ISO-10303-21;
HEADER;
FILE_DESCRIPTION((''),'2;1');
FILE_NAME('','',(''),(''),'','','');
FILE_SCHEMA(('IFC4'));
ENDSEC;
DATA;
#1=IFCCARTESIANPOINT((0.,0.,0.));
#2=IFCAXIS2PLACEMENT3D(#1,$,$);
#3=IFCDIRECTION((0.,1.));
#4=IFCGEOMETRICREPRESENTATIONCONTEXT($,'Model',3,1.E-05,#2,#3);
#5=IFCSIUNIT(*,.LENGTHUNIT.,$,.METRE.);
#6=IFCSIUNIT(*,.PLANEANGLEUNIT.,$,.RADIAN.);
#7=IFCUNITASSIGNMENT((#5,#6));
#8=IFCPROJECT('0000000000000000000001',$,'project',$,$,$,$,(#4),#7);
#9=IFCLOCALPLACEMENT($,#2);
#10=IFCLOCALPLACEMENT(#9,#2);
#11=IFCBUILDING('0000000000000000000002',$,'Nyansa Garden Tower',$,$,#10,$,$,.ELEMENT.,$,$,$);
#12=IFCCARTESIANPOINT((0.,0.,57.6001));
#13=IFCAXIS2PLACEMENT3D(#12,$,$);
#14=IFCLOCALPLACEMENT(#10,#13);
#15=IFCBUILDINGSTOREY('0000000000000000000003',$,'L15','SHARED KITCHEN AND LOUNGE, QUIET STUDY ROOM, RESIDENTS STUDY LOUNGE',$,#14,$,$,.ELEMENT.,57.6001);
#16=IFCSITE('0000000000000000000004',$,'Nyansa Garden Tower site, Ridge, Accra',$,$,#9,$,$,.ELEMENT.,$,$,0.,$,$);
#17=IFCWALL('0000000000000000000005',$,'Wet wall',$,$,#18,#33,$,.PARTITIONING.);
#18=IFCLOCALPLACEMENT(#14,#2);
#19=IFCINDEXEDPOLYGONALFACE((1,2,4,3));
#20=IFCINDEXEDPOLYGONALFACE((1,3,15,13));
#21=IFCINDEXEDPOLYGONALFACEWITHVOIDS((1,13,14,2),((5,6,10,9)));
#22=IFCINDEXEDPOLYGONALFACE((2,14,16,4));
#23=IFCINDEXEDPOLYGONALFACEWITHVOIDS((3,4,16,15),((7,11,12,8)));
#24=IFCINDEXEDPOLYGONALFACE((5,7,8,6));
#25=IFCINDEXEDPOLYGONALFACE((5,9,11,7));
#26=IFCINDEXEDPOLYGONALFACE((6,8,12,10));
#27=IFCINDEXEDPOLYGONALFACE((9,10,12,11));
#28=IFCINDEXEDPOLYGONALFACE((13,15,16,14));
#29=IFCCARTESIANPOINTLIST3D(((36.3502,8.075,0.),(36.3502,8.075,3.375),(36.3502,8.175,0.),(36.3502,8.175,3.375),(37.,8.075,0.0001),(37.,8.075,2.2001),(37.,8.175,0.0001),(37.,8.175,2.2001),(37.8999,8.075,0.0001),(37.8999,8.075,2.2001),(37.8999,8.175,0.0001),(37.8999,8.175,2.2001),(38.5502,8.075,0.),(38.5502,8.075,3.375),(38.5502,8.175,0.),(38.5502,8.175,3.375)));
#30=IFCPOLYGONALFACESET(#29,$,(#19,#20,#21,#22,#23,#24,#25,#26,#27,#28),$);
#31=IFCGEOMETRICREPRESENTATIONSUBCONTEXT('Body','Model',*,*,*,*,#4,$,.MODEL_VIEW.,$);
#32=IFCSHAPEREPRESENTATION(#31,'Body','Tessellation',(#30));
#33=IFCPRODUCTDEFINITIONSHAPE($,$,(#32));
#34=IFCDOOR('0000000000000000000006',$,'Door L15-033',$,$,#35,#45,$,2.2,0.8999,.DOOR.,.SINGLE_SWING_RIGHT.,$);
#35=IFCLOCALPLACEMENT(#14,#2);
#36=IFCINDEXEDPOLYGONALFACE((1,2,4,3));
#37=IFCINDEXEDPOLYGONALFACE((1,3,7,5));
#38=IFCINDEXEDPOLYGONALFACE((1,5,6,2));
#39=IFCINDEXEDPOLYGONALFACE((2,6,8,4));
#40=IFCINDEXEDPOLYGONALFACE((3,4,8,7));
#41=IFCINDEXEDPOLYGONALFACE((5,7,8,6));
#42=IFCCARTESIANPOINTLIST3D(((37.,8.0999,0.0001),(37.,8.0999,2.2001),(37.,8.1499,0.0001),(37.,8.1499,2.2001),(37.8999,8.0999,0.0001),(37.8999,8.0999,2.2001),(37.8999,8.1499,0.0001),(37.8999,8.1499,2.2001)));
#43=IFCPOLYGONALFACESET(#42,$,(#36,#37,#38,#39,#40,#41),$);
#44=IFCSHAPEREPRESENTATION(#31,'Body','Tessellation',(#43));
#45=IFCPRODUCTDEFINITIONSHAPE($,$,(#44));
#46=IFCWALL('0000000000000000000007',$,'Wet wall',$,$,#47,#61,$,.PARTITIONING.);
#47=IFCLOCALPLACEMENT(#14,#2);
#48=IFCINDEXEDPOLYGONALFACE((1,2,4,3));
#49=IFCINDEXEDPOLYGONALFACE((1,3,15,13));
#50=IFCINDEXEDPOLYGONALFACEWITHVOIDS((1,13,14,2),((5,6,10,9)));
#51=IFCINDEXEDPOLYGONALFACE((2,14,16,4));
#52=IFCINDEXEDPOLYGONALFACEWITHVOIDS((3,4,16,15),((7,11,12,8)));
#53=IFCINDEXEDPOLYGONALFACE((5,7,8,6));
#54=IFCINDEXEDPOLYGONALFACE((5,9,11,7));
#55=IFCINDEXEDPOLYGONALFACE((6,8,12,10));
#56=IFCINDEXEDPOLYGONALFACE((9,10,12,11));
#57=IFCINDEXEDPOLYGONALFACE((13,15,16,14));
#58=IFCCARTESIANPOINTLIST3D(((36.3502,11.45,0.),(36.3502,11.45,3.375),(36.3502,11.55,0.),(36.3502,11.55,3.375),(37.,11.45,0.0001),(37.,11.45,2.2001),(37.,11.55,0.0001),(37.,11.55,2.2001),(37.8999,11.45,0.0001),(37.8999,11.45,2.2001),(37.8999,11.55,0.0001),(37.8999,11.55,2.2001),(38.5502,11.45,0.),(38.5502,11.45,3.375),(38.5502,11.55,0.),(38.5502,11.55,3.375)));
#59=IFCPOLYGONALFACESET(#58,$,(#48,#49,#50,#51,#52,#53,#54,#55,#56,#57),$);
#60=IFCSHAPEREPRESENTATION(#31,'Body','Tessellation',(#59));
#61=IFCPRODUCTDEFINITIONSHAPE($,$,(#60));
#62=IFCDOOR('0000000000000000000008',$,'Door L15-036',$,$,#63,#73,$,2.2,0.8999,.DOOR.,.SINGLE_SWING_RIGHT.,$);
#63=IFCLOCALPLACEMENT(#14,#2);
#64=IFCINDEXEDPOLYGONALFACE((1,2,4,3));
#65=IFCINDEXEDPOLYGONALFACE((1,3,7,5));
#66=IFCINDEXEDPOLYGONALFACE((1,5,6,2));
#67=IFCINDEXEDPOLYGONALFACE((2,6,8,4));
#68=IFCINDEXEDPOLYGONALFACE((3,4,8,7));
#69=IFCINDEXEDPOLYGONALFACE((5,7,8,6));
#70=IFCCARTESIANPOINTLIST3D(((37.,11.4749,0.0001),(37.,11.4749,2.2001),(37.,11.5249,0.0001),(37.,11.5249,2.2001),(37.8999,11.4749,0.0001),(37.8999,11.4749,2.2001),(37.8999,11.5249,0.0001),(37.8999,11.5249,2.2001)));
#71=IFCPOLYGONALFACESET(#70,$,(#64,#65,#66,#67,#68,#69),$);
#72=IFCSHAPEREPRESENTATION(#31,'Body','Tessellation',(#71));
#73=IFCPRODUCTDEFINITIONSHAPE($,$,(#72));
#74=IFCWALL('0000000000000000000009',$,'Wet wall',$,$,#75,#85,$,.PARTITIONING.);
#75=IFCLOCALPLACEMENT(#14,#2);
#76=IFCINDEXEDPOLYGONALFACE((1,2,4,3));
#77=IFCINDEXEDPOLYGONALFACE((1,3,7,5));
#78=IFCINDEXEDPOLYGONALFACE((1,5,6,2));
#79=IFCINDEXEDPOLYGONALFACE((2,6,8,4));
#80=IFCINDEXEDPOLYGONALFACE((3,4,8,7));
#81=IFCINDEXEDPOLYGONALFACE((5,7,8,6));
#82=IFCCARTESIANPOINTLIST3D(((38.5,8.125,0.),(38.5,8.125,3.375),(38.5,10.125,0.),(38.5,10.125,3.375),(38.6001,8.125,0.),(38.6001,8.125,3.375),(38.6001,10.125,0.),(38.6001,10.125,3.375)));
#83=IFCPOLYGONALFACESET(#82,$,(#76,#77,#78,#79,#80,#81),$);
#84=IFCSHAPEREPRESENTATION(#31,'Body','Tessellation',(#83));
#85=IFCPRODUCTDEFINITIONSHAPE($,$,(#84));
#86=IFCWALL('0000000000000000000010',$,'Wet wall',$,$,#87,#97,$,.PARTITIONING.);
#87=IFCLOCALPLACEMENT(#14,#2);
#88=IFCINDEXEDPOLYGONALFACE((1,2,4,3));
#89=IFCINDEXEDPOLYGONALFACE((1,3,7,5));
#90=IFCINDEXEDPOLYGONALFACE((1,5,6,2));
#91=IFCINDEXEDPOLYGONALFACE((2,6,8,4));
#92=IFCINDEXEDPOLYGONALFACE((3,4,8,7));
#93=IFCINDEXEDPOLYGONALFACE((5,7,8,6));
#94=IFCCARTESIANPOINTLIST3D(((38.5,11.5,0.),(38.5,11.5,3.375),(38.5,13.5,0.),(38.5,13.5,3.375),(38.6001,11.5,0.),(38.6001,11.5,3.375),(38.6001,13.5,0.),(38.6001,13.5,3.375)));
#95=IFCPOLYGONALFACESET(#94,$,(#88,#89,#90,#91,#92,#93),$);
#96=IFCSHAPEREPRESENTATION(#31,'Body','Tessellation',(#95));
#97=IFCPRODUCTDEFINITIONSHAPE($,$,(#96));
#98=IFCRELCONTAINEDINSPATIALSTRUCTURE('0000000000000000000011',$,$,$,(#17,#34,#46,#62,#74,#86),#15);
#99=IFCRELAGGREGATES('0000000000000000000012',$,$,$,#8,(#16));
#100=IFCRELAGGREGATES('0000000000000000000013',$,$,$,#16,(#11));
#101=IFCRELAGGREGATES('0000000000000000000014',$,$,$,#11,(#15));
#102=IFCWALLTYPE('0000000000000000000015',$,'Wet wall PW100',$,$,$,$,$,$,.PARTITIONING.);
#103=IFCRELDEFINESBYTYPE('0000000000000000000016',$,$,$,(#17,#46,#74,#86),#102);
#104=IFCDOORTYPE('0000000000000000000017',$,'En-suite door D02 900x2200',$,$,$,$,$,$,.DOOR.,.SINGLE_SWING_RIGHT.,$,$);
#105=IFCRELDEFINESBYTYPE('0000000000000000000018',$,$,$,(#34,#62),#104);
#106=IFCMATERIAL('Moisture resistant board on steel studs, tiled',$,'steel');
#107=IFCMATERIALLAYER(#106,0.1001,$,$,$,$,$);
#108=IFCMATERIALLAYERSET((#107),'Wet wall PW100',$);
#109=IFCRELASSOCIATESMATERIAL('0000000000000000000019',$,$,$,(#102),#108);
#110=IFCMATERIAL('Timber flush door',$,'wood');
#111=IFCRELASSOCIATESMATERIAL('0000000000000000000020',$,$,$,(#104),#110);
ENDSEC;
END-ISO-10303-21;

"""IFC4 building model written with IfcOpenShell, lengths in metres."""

from ifc_helpers import new_model, si_unit, direction, frame, frame_2d, origin, place, context, subcontext, project, spatial, rectangle, extrude, material, layer, layer_set, type_object, element, fill, save


model = new_model("IFC4")

# Units and contexts
model_context = context("Model", 3, precision=1e-05, world=origin(), true_north=direction((0.0, 1.0)))
body_context = subcontext(model_context, "Body", "Model", "MODEL_VIEW")
ifc_project = project(units=[si_unit("LENGTHUNIT", "METRE"), si_unit("PLANEANGLEUNIT", "RADIAN")], contexts=[model_context])

# Site, building, storey
site_placement = place(None, origin())
site = spatial("IfcSite", under=ifc_project, at=site_placement, Name="Nyansa Garden Tower site, Ridge, Accra", CompositionType="ELEMENT", RefElevation=0.0)
building_placement = place(site_placement, origin())
building = spatial("IfcBuilding", under=site, at=building_placement, Name="Nyansa Garden Tower", CompositionType="ELEMENT")
storey_placement = place(building_placement, frame((0.0, 0.0, 57.6001)))
storey = spatial("IfcBuildingStorey", under=building, at=storey_placement, Name="L15", Description="SHARED KITCHEN AND LOUNGE, QUIET STUDY ROOM, RESIDENTS STUDY LOUNGE", CompositionType="ELEMENT", Elevation=57.6001)

# Shared definitions
ifc_material_1 = material(Name="Moisture resistant board on steel studs, tiled", Category="steel")
ifc_layer_1 = layer(ifc_material_1, 0.1001)
ifc_layer_set_1 = layer_set([ifc_layer_1], Name="Wet wall PW100")
wall_type = type_object("IfcWallType", Name="Wet wall PW100", PredefinedType="PARTITIONING", material=ifc_layer_set_1)

# Walls, openings, doors
wall_1_placement = place(storey_placement, frame((36.3501, 8.125, 0.0), z_axis=(0.0, 0.0, 1.0), x_axis=(1.0, 0.0, 0.0)))
wall_1 = element("IfcWall", 1, at=wall_1_placement, inside=storey, type_object=wall_type, Name="Wet wall", PredefinedType="PARTITIONING", context=body_context, shape_type="SweptSolid", body=[
    extrude(rectangle(XDim=2.2, YDim=0.1001, at=frame_2d((1.1001, 0.0))), origin(), (0.0, 0.0, 1.0), 3.375),
])
opening_1_placement = place(wall_1_placement, frame((0.6499, 0.0, 0.0)))
opening_1 = element("IfcOpeningElement", 2, at=opening_1_placement, cuts=wall_1, PredefinedType="OPENING", context=body_context, shape_type="SweptSolid", body=[
    extrude(rectangle(XDim=0.8999, YDim=2.2, at=frame_2d((0.45, 1.1001))), frame((0.0, 0.0601, 0.0), z_axis=(0.0, -1.0, 0.0), x_axis=(1.0, 0.0, 0.0)), (0.0, 0.0, 1.0), 0.1201),
])
ifc_material_2 = material(Name="Timber flush door", Category="wood")
door_type_1 = type_object("IfcDoorType", Name="En-suite door D02 900x2200", OperationType="SINGLE_SWING_RIGHT", PredefinedType="DOOR", material=ifc_material_2)
door_1_placement = place(opening_1_placement, origin())
door_1 = element("IfcDoor", 3, at=door_1_placement, inside=storey, type_object=door_type_1, Name="Door L15-033", OperationType="SINGLE_SWING_RIGHT", OverallHeight=2.2, OverallWidth=0.8999, PredefinedType="DOOR", context=body_context, shape_type="SweptSolid", body=[
    extrude(rectangle(XDim=0.8999, YDim=2.2, at=frame_2d((0.45, 1.1001))), frame((0.0, 0.0249, 0.0), z_axis=(0.0, -1.0, 0.0), x_axis=(1.0, 0.0, 0.0)), (0.0, 0.0, 1.0), 0.05),
])
fill(opening_1, door_1)
wall_2_placement = place(storey_placement, frame((36.3501, 11.5, 0.0), z_axis=(0.0, 0.0, 1.0), x_axis=(1.0, 0.0, 0.0)))
wall_2 = element("IfcWall", 4, at=wall_2_placement, inside=storey, type_object=wall_type, Name="Wet wall", PredefinedType="PARTITIONING", context=body_context, shape_type="SweptSolid", body=[
    extrude(rectangle(XDim=2.2, YDim=0.1001, at=frame_2d((1.1001, 0.0))), origin(), (0.0, 0.0, 1.0), 3.375),
])
opening_2_placement = place(wall_2_placement, frame((0.6499, 0.0, 0.0)))
opening_2 = element("IfcOpeningElement", 5, at=opening_2_placement, cuts=wall_2, PredefinedType="OPENING", context=body_context, shape_type="SweptSolid", body=[
    extrude(rectangle(XDim=0.8999, YDim=2.2, at=frame_2d((0.45, 1.1001))), frame((0.0, 0.0601, 0.0), z_axis=(0.0, -1.0, 0.0), x_axis=(1.0, 0.0, 0.0)), (0.0, 0.0, 1.0), 0.1201),
])
door_2_placement = place(opening_2_placement, origin())
door_2 = element("IfcDoor", 6, at=door_2_placement, inside=storey, type_object=door_type_1, Name="Door L15-036", OperationType="SINGLE_SWING_RIGHT", OverallHeight=2.2, OverallWidth=0.8999, PredefinedType="DOOR", context=body_context, shape_type="SweptSolid", body=[
    extrude(rectangle(XDim=0.8999, YDim=2.2, at=frame_2d((0.45, 1.1001))), frame((0.0, 0.0249, 0.0), z_axis=(0.0, -1.0, 0.0), x_axis=(1.0, 0.0, 0.0)), (0.0, 0.0, 1.0), 0.05),
])
fill(opening_2, door_2)

# Walls
for number, where, z_axis, x_axis, name in (
    (7, (38.55, 8.125, 0.0), (0.0, 0.0, 1.0), (0.0, 1.0, 0.0), "Wet wall"),
    (8, (38.55, 11.5, 0.0), (0.0, 0.0, 1.0), (0.0, 1.0, 0.0), "Wet wall"),
):
    element("IfcWall", number, at=place(storey_placement, frame(where, z_axis=z_axis, x_axis=x_axis)), inside=storey, type_object=wall_type, Name=name, PredefinedType="PARTITIONING", context=body_context, shape_type="SweptSolid", body=[
        extrude(rectangle(XDim=2.0, YDim=0.1001, at=frame_2d((1.0, 0.0))), origin(), (0.0, 0.0, 1.0), 3.375),
    ])

save(model, "model.ifc")
